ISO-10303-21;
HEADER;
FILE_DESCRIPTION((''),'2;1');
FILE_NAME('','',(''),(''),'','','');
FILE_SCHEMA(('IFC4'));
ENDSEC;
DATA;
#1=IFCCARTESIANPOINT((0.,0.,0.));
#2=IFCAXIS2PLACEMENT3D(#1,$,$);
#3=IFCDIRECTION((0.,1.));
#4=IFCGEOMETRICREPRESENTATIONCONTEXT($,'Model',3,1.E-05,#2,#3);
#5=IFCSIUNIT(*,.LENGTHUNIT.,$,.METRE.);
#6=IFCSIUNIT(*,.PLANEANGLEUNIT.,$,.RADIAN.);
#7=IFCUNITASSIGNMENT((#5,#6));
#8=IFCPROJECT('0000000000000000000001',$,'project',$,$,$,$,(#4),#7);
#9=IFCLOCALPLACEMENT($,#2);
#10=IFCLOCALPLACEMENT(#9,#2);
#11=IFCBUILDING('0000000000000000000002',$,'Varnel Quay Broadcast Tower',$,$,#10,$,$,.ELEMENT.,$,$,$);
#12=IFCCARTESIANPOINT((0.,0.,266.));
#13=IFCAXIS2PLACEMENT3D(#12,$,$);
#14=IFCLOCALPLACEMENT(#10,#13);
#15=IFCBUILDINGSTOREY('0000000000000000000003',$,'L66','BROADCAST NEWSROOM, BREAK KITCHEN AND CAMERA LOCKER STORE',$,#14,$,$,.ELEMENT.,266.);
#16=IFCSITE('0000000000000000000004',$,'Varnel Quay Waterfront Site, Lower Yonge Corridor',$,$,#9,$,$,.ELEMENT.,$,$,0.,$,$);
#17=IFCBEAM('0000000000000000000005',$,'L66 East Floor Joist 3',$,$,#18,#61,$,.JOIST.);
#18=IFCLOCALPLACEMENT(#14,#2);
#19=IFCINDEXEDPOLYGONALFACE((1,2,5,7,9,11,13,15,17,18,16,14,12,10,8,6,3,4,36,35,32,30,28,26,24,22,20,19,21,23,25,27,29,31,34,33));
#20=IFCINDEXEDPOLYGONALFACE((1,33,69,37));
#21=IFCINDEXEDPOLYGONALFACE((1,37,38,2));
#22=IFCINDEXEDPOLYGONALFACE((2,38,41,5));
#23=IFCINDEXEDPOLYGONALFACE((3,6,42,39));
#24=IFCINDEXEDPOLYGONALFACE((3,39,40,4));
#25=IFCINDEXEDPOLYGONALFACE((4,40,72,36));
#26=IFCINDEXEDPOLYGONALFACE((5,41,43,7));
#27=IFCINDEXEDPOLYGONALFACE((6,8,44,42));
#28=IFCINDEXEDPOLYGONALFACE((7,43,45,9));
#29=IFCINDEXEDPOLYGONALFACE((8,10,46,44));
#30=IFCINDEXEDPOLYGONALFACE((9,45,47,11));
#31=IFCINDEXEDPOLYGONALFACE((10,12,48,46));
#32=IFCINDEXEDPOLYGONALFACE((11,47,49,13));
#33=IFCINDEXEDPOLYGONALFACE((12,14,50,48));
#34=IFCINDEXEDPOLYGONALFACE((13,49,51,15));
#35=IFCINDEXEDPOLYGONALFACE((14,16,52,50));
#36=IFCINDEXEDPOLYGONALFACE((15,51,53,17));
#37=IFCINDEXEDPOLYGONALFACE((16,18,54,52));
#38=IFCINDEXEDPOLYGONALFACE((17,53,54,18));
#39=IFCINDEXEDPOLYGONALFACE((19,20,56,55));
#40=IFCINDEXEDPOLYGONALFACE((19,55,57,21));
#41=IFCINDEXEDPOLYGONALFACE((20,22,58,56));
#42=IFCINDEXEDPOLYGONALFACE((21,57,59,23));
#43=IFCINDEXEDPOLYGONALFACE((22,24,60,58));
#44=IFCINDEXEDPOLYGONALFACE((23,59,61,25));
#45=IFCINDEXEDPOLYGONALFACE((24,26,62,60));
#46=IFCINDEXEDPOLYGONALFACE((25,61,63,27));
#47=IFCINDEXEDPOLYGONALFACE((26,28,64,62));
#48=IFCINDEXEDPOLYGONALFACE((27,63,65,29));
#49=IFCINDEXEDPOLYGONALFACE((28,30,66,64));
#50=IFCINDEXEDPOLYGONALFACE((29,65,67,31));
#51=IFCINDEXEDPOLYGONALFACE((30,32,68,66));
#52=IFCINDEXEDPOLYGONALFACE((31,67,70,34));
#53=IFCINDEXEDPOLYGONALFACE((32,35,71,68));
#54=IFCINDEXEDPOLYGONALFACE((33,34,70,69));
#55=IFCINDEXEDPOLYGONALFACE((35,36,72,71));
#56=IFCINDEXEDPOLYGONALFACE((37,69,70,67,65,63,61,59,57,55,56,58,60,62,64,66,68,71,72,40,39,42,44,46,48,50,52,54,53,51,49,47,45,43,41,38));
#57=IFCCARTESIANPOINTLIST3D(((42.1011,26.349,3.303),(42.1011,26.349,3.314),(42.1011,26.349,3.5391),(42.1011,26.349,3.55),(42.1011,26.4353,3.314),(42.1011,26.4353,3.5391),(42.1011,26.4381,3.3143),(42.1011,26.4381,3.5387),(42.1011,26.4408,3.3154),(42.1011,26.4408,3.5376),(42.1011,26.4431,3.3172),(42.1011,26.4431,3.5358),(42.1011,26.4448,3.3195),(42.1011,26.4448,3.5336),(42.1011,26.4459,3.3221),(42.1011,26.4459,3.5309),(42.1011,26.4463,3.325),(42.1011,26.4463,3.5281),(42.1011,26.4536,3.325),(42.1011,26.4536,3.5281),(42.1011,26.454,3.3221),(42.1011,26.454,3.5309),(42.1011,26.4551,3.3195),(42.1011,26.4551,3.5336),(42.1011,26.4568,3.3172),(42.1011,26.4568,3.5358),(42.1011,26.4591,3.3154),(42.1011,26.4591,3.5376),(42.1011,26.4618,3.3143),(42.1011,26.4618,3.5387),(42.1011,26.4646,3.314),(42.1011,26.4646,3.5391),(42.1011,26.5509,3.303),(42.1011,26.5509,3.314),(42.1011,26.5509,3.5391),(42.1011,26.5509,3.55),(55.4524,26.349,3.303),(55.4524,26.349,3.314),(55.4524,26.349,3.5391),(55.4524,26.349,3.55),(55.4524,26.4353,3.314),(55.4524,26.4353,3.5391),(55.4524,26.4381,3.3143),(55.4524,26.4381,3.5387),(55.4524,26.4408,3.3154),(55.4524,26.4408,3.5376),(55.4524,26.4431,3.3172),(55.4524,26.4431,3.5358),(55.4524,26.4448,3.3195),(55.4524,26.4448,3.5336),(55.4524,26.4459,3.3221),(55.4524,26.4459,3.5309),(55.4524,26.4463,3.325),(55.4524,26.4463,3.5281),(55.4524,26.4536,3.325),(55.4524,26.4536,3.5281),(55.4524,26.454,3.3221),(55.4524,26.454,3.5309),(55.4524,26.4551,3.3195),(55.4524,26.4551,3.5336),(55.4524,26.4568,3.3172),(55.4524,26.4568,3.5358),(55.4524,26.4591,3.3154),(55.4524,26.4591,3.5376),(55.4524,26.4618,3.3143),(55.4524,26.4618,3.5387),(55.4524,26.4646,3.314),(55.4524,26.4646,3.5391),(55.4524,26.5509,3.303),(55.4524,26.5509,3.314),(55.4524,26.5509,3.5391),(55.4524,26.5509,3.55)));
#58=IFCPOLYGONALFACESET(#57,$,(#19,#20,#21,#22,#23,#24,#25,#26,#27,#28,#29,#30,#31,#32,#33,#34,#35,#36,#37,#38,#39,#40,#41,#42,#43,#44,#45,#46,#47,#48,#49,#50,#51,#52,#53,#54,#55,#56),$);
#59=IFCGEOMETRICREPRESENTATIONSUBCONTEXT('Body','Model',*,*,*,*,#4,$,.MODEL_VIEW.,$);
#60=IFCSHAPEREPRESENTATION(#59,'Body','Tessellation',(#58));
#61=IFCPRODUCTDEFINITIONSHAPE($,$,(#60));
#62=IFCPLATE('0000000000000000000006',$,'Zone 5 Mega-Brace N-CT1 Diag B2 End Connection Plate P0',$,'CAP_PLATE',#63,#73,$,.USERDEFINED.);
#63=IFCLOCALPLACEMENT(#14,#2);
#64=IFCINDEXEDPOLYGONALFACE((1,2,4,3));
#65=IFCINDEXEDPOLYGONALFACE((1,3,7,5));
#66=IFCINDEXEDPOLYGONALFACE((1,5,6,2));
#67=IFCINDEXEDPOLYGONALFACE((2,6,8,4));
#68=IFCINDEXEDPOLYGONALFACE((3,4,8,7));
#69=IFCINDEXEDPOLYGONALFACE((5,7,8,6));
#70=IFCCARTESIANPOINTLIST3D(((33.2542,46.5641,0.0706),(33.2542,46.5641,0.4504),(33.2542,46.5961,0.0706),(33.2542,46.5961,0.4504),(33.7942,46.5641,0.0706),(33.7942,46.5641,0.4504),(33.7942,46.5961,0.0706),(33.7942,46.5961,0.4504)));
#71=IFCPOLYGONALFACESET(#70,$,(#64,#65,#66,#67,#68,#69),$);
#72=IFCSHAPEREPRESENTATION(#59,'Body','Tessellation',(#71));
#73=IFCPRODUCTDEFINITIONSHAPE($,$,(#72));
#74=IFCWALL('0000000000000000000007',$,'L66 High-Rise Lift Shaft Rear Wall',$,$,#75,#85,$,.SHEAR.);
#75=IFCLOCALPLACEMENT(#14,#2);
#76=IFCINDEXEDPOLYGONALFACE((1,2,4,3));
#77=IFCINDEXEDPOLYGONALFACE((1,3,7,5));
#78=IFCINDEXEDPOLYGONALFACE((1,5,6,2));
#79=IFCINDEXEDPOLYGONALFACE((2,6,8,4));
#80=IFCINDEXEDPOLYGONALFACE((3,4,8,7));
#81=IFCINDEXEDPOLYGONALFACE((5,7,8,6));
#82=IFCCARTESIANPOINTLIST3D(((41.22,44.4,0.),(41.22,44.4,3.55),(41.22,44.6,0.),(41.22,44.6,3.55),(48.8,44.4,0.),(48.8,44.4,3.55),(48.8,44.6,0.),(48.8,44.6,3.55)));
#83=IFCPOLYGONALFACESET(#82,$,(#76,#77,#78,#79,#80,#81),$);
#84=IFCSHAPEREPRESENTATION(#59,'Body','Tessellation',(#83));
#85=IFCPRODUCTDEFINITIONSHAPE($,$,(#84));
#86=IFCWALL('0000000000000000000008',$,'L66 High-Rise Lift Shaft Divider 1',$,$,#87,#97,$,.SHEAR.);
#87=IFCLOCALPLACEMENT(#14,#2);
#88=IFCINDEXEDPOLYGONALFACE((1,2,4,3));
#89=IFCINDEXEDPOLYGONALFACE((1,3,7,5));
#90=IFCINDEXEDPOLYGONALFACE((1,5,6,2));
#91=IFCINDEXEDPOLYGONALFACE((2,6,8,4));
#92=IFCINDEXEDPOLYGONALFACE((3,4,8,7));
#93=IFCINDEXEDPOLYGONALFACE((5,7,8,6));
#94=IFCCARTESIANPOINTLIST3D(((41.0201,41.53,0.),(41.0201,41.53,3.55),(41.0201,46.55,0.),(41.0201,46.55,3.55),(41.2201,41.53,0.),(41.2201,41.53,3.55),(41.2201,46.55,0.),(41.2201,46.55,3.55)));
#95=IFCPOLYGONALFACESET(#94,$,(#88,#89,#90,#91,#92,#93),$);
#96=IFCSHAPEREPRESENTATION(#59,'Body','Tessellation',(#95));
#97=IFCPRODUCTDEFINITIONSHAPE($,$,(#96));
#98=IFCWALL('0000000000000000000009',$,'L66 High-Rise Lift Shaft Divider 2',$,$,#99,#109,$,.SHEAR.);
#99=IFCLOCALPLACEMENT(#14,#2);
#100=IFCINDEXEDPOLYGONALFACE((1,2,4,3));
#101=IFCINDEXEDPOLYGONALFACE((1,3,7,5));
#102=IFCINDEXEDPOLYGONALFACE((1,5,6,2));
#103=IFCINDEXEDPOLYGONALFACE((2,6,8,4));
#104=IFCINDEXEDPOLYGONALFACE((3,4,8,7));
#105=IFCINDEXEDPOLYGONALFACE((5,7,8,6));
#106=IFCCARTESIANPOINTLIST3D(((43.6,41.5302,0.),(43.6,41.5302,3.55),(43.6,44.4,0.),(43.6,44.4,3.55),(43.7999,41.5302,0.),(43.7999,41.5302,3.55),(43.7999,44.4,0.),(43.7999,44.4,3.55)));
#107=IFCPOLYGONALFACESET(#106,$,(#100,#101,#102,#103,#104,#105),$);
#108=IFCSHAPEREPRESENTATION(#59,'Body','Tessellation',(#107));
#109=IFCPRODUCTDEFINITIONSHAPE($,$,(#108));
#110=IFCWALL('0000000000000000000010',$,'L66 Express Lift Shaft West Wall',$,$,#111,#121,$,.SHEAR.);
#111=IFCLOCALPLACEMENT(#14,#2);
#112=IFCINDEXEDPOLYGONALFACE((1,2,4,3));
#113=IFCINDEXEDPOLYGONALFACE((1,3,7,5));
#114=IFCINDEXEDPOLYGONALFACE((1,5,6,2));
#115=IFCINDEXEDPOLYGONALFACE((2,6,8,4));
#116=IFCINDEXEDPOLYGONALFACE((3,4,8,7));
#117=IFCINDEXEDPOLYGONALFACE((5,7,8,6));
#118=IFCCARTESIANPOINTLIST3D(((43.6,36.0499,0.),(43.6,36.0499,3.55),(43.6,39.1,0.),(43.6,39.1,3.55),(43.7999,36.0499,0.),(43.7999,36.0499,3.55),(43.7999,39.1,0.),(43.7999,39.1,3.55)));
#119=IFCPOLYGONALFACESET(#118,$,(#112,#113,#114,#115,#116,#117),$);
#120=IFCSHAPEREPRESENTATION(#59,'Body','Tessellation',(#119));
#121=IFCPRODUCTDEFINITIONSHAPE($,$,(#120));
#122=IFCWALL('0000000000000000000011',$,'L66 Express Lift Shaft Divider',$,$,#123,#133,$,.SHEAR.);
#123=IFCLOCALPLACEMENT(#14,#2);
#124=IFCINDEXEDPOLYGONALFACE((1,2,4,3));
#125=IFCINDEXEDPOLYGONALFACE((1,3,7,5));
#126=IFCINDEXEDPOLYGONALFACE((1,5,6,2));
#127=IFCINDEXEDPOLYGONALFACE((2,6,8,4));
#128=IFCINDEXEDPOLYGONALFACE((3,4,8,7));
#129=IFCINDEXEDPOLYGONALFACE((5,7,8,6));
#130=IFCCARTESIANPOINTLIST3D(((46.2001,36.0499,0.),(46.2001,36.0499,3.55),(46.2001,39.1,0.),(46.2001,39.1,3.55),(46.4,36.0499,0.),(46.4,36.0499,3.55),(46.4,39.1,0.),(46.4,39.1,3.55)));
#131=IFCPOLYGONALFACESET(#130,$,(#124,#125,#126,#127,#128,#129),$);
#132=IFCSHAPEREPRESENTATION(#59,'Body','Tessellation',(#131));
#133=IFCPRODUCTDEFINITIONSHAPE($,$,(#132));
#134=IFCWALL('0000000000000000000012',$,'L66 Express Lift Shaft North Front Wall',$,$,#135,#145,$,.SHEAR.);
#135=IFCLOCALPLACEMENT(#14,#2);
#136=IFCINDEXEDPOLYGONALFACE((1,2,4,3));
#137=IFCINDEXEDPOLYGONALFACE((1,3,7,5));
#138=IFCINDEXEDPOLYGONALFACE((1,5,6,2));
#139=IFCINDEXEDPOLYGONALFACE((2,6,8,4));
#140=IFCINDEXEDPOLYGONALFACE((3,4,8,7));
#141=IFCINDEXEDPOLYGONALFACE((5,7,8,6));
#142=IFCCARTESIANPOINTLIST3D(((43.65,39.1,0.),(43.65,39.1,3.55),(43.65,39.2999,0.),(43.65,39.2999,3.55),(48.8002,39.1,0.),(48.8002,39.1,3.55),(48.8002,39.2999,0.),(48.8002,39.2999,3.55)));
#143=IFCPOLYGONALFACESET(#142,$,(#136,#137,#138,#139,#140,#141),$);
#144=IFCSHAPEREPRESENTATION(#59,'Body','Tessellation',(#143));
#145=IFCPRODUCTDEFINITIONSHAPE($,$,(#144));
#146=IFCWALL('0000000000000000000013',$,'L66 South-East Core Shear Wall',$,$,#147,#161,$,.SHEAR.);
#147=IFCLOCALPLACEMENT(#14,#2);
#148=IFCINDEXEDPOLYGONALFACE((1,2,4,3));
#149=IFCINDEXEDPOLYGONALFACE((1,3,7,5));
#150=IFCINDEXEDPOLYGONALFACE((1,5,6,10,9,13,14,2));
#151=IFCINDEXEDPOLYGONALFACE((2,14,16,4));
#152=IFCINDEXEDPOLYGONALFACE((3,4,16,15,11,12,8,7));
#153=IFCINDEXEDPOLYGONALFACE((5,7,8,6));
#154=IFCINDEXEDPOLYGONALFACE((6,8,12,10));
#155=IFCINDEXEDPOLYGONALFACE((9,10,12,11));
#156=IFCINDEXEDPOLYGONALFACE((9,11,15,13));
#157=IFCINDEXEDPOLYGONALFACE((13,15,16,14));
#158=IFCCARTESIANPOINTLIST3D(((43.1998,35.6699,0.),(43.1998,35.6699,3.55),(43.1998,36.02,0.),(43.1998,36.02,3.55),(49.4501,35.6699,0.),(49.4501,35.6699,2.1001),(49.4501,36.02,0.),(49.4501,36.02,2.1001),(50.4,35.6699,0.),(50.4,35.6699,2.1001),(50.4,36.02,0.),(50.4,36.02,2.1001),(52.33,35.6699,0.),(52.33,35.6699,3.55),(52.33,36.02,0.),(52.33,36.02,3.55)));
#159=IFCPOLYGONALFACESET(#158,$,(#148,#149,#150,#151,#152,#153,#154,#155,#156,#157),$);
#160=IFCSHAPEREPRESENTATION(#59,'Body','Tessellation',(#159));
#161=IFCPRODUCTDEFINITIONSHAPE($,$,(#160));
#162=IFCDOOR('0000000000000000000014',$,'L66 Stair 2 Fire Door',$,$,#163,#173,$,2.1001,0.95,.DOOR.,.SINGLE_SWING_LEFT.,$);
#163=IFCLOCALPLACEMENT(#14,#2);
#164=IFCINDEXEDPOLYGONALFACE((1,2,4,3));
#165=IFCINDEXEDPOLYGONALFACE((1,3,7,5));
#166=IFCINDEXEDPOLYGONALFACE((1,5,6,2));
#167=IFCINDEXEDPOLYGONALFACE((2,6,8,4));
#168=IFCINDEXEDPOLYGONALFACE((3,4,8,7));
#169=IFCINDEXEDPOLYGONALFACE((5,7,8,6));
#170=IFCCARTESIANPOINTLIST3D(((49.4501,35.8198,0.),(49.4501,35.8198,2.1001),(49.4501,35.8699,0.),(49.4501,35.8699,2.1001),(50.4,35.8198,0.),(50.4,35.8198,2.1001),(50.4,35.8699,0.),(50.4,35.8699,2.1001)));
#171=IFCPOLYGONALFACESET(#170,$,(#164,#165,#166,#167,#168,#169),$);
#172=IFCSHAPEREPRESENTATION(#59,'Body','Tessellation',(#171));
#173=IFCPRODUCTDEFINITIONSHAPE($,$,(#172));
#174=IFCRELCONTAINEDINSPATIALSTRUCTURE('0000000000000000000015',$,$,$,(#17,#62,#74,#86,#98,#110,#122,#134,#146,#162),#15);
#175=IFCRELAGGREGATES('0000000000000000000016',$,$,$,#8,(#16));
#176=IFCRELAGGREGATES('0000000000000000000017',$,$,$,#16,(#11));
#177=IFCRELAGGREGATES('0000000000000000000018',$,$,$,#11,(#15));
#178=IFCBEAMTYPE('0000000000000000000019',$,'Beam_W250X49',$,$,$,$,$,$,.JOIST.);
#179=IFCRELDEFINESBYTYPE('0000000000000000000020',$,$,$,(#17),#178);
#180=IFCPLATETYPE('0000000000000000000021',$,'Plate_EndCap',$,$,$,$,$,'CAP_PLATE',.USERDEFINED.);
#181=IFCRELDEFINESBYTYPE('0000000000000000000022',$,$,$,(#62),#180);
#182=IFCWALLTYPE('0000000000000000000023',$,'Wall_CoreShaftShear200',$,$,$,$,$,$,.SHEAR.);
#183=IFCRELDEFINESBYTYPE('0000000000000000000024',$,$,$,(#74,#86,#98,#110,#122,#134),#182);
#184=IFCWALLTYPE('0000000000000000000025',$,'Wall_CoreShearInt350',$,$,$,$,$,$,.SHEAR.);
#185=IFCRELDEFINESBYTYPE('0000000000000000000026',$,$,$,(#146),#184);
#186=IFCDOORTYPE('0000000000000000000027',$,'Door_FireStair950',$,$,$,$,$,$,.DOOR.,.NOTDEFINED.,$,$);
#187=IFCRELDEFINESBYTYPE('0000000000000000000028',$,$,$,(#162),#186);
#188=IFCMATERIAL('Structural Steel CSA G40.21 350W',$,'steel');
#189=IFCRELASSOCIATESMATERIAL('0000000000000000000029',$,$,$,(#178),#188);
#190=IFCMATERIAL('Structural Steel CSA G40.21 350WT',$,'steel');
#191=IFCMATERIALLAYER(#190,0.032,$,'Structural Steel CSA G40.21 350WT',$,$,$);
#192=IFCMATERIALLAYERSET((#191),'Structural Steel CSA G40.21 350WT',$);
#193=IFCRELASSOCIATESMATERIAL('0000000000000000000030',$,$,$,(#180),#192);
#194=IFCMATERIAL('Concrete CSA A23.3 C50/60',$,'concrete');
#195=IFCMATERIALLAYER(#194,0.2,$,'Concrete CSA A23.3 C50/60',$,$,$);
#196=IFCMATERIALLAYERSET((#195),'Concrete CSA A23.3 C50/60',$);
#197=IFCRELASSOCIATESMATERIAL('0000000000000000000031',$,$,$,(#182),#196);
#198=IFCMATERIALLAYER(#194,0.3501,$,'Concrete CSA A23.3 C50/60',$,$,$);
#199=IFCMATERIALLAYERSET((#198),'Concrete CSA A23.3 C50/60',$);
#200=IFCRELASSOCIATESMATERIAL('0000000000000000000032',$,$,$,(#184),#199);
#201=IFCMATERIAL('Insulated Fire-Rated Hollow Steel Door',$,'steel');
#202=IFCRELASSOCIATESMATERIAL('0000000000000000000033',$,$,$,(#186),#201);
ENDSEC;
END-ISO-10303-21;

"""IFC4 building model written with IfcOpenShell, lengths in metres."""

from ifc_helpers import new_model, si_unit, direction, frame, frame_2d, origin, origin_2d, place, context, subcontext, project, spatial, rectangle, i_section, extrude, source, transform, mapped, material, layer, layer_set, material_profile, profile_set, type_object, type_shapes, element, fill, save


model = new_model("IFC4")

# Units and contexts
model_context = context("Model", 3, precision=1e-05, world=origin(), true_north=direction((0.0, 1.0)))
body_context = subcontext(model_context, "Body", "Model", "MODEL_VIEW")
ifc_project = project(units=[si_unit("LENGTHUNIT", "METRE"), si_unit("PLANEANGLEUNIT", "RADIAN")], contexts=[model_context])

# Site, building, storey
site_placement = place(None, origin())
site = spatial("IfcSite", under=ifc_project, at=site_placement, Name="Varnel Quay Waterfront Site, Lower Yonge Corridor", CompositionType="ELEMENT", RefElevation=0.0)
building_placement = place(site_placement, origin())
building = spatial("IfcBuilding", under=site, at=building_placement, Name="Varnel Quay Broadcast Tower", CompositionType="ELEMENT")
storey_placement = place(building_placement, frame((0.0, 0.0, 266.0)))
storey = spatial("IfcBuildingStorey", under=building, at=storey_placement, Name="L66", Description="BROADCAST NEWSROOM, BREAK KITCHEN AND CAMERA LOCKER STORE", CompositionType="ELEMENT", Elevation=266.0)

# Shared definitions
ifc_material_1 = material(Name="Structural Steel CSA G40.21 350WT", Category="steel")

# Beam
ifc_material_2 = material(Name="Concrete CSA A23.3 C50/60", Category="concrete")
ifc_material_3 = material(Name="Structural Steel CSA G40.21 350W", Category="steel")
ifc_material_profile_1 = material_profile(ifc_material_3, i_section(OverallWidth=0.2019, OverallDepth=0.2471, WebThickness=0.0073, FlangeThickness=0.011, FilletRadius=0.011, at=origin_2d()), Name="W250X49")
ifc_profile_set_1 = profile_set([ifc_material_profile_1], Name="Structural Steel CSA G40.21 350W")
beam_type_1 = type_object("IfcBeamType", Name="Beam_W250X49", PredefinedType="JOIST", material=ifc_profile_set_1)
shared_shape_1 = source(origin(), body_context, "Body", "SweptSolid", [
    extrude(i_section(OverallWidth=0.2019, OverallDepth=0.2471, WebThickness=0.0073, FlangeThickness=0.011, FilletRadius=0.011, at=origin_2d()), origin(), (0.0, 0.0, 1.0), 13.3513),
])
type_shapes(beam_type_1, [shared_shape_1])
beam_1_placement = place(storey_placement, frame((42.1011, 26.45, 3.4265), z_axis=(1.0, 0.0, 0.0), x_axis=(0.0, 1.0, 0.0)))
element("IfcBeam", 1, at=beam_1_placement, inside=storey, type_object=beam_type_1, Name="L66 East Floor Joist 3", PredefinedType="JOIST", context=body_context, shape_type="MappedRepresentation", body=[
    mapped(shared_shape_1, transform((0.0, 0.0, 0.0), x_axis=(1.0, 0.0, 0.0), y_axis=(0.0, 1.0, 0.0), z_axis=(0.0, 0.0, 1.0), scale=1.0)),
])

# Plate
ifc_layer_1 = layer(ifc_material_1, 0.032, Name="Structural Steel CSA G40.21 350WT")
ifc_layer_set_1 = layer_set([ifc_layer_1], Name="Structural Steel CSA G40.21 350WT")
plate_type = type_object("IfcPlateType", Name="Plate_EndCap", ElementType="CAP_PLATE", PredefinedType="USERDEFINED", material=ifc_layer_set_1)
shared_shape_2 = source(origin(), body_context, "Body", "SweptSolid", [
    extrude(rectangle(XDim=0.54, YDim=0.032, at=origin_2d()), origin(), (0.0, 0.0, 1.0), 0.3799),
])
type_shapes(plate_type, [shared_shape_2])
plate_placement = place(storey_placement, frame((33.5242, 46.5801, 0.0706), z_axis=(0.0, 0.0, 1.0), x_axis=(1.0, 0.0, 0.0)))
element("IfcPlate", 2, at=plate_placement, inside=storey, type_object=plate_type, Name="Zone 5 Mega-Brace N-CT1 Diag B2 End Connection Plate P0", ObjectType="CAP_PLATE", PredefinedType="USERDEFINED", context=body_context, shape_type="MappedRepresentation", body=[
    mapped(shared_shape_2, transform((0.0, 0.0, 0.0), x_axis=(1.0, 0.0, 0.0), y_axis=(0.0, 1.0, 0.0), z_axis=(0.0, 0.0, 1.0), scale=1.0)),
])

# Walls
ifc_layer_2 = layer(ifc_material_2, 0.2, Name="Concrete CSA A23.3 C50/60")
ifc_layer_set_2 = layer_set([ifc_layer_2], Name="Concrete CSA A23.3 C50/60")
wall_type_1 = type_object("IfcWallType", Name="Wall_CoreShaftShear200", PredefinedType="SHEAR", material=ifc_layer_set_2)
wall_1_placement = place(storey_placement, frame((41.22, 44.5, 0.0), z_axis=(0.0, 0.0, 1.0), x_axis=(1.0, 0.0, 0.0)))
element("IfcWall", 3, at=wall_1_placement, inside=storey, type_object=wall_type_1, Name="L66 High-Rise Lift Shaft Rear Wall", PredefinedType="SHEAR", context=body_context, shape_type="SweptSolid", body=[
    extrude(rectangle(XDim=7.5801, YDim=0.2, at=frame_2d((3.79, 0.0))), origin(), (0.0, 0.0, 1.0), 3.55),
])
wall_2_placement = place(storey_placement, frame((41.1201, 41.53, 0.0), z_axis=(0.0, 0.0, 1.0), x_axis=(0.0, 1.0, 0.0)))
element("IfcWall", 4, at=wall_2_placement, inside=storey, type_object=wall_type_1, Name="L66 High-Rise Lift Shaft Divider 1", PredefinedType="SHEAR", context=body_context, shape_type="SweptSolid", body=[
    extrude(rectangle(XDim=5.02, YDim=0.2, at=frame_2d((2.51, 0.0))), origin(), (0.0, 0.0, 1.0), 3.55),
])
wall_3_placement = place(storey_placement, frame((43.7, 41.53, 0.0), z_axis=(0.0, 0.0, 1.0), x_axis=(0.0, 1.0, 0.0)))
element("IfcWall", 5, at=wall_3_placement, inside=storey, type_object=wall_type_1, Name="L66 High-Rise Lift Shaft Divider 2", PredefinedType="SHEAR", context=body_context, shape_type="SweptSolid", body=[
    extrude(rectangle(XDim=2.8699, YDim=0.2, at=frame_2d((1.4351, 0.0))), origin(), (0.0, 0.0, 1.0), 3.55),
])
for number, where, z_axis, x_axis, name in (
    (6, (43.7, 36.05, 0.0), (0.0, 0.0, 1.0), (0.0, 1.0, 0.0), "L66 Express Lift Shaft West Wall"),
    (7, (46.3, 36.05, 0.0), (0.0, 0.0, 1.0), (0.0, 1.0, 0.0), "L66 Express Lift Shaft Divider"),
):
    element("IfcWall", number, at=place(storey_placement, frame(where, z_axis=z_axis, x_axis=x_axis)), inside=storey, type_object=wall_type_1, Name=name, PredefinedType="SHEAR", context=body_context, shape_type="SweptSolid", body=[
        extrude(rectangle(XDim=3.05, YDim=0.2, at=frame_2d((1.5249, 0.0))), origin(), (0.0, 0.0, 1.0), 3.55),
    ])
wall_4_placement = place(storey_placement, frame((43.6499, 39.2, 0.0), z_axis=(0.0, 0.0, 1.0), x_axis=(1.0, 0.0, 0.0)))
element("IfcWall", 8, at=wall_4_placement, inside=storey, type_object=wall_type_1, Name="L66 Express Lift Shaft North Front Wall", PredefinedType="SHEAR", context=body_context, shape_type="SweptSolid", body=[
    extrude(rectangle(XDim=5.1501, YDim=0.2, at=frame_2d((2.5752, 0.0))), origin(), (0.0, 0.0, 1.0), 3.55),
])

# Wall, opening, door
ifc_layer_3 = layer(ifc_material_2, 0.3501, Name="Concrete CSA A23.3 C50/60")
ifc_layer_set_3 = layer_set([ifc_layer_3], Name="Concrete CSA A23.3 C50/60")
wall_type_2 = type_object("IfcWallType", Name="Wall_CoreShearInt350", PredefinedType="SHEAR", material=ifc_layer_set_3)
wall_5_placement = place(storey_placement, frame((43.2, 35.845, 0.0), z_axis=(0.0, 0.0, 1.0), x_axis=(1.0, 0.0, 0.0)))
wall_5 = element("IfcWall", 9, at=wall_5_placement, inside=storey, type_object=wall_type_2, Name="L66 South-East Core Shear Wall", PredefinedType="SHEAR", context=body_context, shape_type="SweptSolid", body=[
    extrude(rectangle(XDim=9.1301, YDim=0.3501, at=frame_2d((4.5649, 0.0))), origin(), (0.0, 0.0, 1.0), 3.55),
])
opening_1_placement = place(wall_5_placement, frame((6.25, 0.0, 0.0)))
opening_1 = element("IfcOpeningElement", 10, at=opening_1_placement, cuts=wall_5, PredefinedType="OPENING", context=body_context, shape_type="SweptSolid", body=[
    extrude(rectangle(XDim=0.95, YDim=2.1001, at=frame_2d((0.4751, 1.05))), frame((0.0, 0.1851, 0.0), z_axis=(0.0, -1.0, 0.0), x_axis=(1.0, 0.0, 0.0)), (0.0, 0.0, 1.0), 0.3701),
])
ifc_material_4 = material(Name="Insulated Fire-Rated Hollow Steel Door", Category="steel")
door_type_1 = type_object("IfcDoorType", Name="Door_FireStair950", OperationType="NOTDEFINED", PredefinedType="DOOR", material=ifc_material_4)
shared_shape_3 = source(origin(), body_context, "Body", "SweptSolid", [
    extrude(rectangle(XDim=0.95, YDim=2.1001, at=frame_2d((0.4751, 1.05))), frame((0.0, 0.0249, 0.0), z_axis=(0.0, -1.0, 0.0), x_axis=(1.0, 0.0, 0.0)), (0.0, 0.0, 1.0), 0.05),
])
type_shapes(door_type_1, [shared_shape_3])
door_1_placement = place(opening_1_placement, origin())
door_1 = element("IfcDoor", 11, at=door_1_placement, inside=storey, type_object=door_type_1, Name="L66 Stair 2 Fire Door", OperationType="SINGLE_SWING_LEFT", OverallHeight=2.1001, OverallWidth=0.95, PredefinedType="DOOR", context=body_context, shape_type="MappedRepresentation", body=[
    mapped(shared_shape_3, transform((0.0, 0.0, 0.0), x_axis=(1.0, 0.0, 0.0), y_axis=(0.0, 1.0, 0.0), z_axis=(0.0, 0.0, 1.0), scale=1.0)),
])
fill(opening_1, door_1)

save(model, "model.ifc")
